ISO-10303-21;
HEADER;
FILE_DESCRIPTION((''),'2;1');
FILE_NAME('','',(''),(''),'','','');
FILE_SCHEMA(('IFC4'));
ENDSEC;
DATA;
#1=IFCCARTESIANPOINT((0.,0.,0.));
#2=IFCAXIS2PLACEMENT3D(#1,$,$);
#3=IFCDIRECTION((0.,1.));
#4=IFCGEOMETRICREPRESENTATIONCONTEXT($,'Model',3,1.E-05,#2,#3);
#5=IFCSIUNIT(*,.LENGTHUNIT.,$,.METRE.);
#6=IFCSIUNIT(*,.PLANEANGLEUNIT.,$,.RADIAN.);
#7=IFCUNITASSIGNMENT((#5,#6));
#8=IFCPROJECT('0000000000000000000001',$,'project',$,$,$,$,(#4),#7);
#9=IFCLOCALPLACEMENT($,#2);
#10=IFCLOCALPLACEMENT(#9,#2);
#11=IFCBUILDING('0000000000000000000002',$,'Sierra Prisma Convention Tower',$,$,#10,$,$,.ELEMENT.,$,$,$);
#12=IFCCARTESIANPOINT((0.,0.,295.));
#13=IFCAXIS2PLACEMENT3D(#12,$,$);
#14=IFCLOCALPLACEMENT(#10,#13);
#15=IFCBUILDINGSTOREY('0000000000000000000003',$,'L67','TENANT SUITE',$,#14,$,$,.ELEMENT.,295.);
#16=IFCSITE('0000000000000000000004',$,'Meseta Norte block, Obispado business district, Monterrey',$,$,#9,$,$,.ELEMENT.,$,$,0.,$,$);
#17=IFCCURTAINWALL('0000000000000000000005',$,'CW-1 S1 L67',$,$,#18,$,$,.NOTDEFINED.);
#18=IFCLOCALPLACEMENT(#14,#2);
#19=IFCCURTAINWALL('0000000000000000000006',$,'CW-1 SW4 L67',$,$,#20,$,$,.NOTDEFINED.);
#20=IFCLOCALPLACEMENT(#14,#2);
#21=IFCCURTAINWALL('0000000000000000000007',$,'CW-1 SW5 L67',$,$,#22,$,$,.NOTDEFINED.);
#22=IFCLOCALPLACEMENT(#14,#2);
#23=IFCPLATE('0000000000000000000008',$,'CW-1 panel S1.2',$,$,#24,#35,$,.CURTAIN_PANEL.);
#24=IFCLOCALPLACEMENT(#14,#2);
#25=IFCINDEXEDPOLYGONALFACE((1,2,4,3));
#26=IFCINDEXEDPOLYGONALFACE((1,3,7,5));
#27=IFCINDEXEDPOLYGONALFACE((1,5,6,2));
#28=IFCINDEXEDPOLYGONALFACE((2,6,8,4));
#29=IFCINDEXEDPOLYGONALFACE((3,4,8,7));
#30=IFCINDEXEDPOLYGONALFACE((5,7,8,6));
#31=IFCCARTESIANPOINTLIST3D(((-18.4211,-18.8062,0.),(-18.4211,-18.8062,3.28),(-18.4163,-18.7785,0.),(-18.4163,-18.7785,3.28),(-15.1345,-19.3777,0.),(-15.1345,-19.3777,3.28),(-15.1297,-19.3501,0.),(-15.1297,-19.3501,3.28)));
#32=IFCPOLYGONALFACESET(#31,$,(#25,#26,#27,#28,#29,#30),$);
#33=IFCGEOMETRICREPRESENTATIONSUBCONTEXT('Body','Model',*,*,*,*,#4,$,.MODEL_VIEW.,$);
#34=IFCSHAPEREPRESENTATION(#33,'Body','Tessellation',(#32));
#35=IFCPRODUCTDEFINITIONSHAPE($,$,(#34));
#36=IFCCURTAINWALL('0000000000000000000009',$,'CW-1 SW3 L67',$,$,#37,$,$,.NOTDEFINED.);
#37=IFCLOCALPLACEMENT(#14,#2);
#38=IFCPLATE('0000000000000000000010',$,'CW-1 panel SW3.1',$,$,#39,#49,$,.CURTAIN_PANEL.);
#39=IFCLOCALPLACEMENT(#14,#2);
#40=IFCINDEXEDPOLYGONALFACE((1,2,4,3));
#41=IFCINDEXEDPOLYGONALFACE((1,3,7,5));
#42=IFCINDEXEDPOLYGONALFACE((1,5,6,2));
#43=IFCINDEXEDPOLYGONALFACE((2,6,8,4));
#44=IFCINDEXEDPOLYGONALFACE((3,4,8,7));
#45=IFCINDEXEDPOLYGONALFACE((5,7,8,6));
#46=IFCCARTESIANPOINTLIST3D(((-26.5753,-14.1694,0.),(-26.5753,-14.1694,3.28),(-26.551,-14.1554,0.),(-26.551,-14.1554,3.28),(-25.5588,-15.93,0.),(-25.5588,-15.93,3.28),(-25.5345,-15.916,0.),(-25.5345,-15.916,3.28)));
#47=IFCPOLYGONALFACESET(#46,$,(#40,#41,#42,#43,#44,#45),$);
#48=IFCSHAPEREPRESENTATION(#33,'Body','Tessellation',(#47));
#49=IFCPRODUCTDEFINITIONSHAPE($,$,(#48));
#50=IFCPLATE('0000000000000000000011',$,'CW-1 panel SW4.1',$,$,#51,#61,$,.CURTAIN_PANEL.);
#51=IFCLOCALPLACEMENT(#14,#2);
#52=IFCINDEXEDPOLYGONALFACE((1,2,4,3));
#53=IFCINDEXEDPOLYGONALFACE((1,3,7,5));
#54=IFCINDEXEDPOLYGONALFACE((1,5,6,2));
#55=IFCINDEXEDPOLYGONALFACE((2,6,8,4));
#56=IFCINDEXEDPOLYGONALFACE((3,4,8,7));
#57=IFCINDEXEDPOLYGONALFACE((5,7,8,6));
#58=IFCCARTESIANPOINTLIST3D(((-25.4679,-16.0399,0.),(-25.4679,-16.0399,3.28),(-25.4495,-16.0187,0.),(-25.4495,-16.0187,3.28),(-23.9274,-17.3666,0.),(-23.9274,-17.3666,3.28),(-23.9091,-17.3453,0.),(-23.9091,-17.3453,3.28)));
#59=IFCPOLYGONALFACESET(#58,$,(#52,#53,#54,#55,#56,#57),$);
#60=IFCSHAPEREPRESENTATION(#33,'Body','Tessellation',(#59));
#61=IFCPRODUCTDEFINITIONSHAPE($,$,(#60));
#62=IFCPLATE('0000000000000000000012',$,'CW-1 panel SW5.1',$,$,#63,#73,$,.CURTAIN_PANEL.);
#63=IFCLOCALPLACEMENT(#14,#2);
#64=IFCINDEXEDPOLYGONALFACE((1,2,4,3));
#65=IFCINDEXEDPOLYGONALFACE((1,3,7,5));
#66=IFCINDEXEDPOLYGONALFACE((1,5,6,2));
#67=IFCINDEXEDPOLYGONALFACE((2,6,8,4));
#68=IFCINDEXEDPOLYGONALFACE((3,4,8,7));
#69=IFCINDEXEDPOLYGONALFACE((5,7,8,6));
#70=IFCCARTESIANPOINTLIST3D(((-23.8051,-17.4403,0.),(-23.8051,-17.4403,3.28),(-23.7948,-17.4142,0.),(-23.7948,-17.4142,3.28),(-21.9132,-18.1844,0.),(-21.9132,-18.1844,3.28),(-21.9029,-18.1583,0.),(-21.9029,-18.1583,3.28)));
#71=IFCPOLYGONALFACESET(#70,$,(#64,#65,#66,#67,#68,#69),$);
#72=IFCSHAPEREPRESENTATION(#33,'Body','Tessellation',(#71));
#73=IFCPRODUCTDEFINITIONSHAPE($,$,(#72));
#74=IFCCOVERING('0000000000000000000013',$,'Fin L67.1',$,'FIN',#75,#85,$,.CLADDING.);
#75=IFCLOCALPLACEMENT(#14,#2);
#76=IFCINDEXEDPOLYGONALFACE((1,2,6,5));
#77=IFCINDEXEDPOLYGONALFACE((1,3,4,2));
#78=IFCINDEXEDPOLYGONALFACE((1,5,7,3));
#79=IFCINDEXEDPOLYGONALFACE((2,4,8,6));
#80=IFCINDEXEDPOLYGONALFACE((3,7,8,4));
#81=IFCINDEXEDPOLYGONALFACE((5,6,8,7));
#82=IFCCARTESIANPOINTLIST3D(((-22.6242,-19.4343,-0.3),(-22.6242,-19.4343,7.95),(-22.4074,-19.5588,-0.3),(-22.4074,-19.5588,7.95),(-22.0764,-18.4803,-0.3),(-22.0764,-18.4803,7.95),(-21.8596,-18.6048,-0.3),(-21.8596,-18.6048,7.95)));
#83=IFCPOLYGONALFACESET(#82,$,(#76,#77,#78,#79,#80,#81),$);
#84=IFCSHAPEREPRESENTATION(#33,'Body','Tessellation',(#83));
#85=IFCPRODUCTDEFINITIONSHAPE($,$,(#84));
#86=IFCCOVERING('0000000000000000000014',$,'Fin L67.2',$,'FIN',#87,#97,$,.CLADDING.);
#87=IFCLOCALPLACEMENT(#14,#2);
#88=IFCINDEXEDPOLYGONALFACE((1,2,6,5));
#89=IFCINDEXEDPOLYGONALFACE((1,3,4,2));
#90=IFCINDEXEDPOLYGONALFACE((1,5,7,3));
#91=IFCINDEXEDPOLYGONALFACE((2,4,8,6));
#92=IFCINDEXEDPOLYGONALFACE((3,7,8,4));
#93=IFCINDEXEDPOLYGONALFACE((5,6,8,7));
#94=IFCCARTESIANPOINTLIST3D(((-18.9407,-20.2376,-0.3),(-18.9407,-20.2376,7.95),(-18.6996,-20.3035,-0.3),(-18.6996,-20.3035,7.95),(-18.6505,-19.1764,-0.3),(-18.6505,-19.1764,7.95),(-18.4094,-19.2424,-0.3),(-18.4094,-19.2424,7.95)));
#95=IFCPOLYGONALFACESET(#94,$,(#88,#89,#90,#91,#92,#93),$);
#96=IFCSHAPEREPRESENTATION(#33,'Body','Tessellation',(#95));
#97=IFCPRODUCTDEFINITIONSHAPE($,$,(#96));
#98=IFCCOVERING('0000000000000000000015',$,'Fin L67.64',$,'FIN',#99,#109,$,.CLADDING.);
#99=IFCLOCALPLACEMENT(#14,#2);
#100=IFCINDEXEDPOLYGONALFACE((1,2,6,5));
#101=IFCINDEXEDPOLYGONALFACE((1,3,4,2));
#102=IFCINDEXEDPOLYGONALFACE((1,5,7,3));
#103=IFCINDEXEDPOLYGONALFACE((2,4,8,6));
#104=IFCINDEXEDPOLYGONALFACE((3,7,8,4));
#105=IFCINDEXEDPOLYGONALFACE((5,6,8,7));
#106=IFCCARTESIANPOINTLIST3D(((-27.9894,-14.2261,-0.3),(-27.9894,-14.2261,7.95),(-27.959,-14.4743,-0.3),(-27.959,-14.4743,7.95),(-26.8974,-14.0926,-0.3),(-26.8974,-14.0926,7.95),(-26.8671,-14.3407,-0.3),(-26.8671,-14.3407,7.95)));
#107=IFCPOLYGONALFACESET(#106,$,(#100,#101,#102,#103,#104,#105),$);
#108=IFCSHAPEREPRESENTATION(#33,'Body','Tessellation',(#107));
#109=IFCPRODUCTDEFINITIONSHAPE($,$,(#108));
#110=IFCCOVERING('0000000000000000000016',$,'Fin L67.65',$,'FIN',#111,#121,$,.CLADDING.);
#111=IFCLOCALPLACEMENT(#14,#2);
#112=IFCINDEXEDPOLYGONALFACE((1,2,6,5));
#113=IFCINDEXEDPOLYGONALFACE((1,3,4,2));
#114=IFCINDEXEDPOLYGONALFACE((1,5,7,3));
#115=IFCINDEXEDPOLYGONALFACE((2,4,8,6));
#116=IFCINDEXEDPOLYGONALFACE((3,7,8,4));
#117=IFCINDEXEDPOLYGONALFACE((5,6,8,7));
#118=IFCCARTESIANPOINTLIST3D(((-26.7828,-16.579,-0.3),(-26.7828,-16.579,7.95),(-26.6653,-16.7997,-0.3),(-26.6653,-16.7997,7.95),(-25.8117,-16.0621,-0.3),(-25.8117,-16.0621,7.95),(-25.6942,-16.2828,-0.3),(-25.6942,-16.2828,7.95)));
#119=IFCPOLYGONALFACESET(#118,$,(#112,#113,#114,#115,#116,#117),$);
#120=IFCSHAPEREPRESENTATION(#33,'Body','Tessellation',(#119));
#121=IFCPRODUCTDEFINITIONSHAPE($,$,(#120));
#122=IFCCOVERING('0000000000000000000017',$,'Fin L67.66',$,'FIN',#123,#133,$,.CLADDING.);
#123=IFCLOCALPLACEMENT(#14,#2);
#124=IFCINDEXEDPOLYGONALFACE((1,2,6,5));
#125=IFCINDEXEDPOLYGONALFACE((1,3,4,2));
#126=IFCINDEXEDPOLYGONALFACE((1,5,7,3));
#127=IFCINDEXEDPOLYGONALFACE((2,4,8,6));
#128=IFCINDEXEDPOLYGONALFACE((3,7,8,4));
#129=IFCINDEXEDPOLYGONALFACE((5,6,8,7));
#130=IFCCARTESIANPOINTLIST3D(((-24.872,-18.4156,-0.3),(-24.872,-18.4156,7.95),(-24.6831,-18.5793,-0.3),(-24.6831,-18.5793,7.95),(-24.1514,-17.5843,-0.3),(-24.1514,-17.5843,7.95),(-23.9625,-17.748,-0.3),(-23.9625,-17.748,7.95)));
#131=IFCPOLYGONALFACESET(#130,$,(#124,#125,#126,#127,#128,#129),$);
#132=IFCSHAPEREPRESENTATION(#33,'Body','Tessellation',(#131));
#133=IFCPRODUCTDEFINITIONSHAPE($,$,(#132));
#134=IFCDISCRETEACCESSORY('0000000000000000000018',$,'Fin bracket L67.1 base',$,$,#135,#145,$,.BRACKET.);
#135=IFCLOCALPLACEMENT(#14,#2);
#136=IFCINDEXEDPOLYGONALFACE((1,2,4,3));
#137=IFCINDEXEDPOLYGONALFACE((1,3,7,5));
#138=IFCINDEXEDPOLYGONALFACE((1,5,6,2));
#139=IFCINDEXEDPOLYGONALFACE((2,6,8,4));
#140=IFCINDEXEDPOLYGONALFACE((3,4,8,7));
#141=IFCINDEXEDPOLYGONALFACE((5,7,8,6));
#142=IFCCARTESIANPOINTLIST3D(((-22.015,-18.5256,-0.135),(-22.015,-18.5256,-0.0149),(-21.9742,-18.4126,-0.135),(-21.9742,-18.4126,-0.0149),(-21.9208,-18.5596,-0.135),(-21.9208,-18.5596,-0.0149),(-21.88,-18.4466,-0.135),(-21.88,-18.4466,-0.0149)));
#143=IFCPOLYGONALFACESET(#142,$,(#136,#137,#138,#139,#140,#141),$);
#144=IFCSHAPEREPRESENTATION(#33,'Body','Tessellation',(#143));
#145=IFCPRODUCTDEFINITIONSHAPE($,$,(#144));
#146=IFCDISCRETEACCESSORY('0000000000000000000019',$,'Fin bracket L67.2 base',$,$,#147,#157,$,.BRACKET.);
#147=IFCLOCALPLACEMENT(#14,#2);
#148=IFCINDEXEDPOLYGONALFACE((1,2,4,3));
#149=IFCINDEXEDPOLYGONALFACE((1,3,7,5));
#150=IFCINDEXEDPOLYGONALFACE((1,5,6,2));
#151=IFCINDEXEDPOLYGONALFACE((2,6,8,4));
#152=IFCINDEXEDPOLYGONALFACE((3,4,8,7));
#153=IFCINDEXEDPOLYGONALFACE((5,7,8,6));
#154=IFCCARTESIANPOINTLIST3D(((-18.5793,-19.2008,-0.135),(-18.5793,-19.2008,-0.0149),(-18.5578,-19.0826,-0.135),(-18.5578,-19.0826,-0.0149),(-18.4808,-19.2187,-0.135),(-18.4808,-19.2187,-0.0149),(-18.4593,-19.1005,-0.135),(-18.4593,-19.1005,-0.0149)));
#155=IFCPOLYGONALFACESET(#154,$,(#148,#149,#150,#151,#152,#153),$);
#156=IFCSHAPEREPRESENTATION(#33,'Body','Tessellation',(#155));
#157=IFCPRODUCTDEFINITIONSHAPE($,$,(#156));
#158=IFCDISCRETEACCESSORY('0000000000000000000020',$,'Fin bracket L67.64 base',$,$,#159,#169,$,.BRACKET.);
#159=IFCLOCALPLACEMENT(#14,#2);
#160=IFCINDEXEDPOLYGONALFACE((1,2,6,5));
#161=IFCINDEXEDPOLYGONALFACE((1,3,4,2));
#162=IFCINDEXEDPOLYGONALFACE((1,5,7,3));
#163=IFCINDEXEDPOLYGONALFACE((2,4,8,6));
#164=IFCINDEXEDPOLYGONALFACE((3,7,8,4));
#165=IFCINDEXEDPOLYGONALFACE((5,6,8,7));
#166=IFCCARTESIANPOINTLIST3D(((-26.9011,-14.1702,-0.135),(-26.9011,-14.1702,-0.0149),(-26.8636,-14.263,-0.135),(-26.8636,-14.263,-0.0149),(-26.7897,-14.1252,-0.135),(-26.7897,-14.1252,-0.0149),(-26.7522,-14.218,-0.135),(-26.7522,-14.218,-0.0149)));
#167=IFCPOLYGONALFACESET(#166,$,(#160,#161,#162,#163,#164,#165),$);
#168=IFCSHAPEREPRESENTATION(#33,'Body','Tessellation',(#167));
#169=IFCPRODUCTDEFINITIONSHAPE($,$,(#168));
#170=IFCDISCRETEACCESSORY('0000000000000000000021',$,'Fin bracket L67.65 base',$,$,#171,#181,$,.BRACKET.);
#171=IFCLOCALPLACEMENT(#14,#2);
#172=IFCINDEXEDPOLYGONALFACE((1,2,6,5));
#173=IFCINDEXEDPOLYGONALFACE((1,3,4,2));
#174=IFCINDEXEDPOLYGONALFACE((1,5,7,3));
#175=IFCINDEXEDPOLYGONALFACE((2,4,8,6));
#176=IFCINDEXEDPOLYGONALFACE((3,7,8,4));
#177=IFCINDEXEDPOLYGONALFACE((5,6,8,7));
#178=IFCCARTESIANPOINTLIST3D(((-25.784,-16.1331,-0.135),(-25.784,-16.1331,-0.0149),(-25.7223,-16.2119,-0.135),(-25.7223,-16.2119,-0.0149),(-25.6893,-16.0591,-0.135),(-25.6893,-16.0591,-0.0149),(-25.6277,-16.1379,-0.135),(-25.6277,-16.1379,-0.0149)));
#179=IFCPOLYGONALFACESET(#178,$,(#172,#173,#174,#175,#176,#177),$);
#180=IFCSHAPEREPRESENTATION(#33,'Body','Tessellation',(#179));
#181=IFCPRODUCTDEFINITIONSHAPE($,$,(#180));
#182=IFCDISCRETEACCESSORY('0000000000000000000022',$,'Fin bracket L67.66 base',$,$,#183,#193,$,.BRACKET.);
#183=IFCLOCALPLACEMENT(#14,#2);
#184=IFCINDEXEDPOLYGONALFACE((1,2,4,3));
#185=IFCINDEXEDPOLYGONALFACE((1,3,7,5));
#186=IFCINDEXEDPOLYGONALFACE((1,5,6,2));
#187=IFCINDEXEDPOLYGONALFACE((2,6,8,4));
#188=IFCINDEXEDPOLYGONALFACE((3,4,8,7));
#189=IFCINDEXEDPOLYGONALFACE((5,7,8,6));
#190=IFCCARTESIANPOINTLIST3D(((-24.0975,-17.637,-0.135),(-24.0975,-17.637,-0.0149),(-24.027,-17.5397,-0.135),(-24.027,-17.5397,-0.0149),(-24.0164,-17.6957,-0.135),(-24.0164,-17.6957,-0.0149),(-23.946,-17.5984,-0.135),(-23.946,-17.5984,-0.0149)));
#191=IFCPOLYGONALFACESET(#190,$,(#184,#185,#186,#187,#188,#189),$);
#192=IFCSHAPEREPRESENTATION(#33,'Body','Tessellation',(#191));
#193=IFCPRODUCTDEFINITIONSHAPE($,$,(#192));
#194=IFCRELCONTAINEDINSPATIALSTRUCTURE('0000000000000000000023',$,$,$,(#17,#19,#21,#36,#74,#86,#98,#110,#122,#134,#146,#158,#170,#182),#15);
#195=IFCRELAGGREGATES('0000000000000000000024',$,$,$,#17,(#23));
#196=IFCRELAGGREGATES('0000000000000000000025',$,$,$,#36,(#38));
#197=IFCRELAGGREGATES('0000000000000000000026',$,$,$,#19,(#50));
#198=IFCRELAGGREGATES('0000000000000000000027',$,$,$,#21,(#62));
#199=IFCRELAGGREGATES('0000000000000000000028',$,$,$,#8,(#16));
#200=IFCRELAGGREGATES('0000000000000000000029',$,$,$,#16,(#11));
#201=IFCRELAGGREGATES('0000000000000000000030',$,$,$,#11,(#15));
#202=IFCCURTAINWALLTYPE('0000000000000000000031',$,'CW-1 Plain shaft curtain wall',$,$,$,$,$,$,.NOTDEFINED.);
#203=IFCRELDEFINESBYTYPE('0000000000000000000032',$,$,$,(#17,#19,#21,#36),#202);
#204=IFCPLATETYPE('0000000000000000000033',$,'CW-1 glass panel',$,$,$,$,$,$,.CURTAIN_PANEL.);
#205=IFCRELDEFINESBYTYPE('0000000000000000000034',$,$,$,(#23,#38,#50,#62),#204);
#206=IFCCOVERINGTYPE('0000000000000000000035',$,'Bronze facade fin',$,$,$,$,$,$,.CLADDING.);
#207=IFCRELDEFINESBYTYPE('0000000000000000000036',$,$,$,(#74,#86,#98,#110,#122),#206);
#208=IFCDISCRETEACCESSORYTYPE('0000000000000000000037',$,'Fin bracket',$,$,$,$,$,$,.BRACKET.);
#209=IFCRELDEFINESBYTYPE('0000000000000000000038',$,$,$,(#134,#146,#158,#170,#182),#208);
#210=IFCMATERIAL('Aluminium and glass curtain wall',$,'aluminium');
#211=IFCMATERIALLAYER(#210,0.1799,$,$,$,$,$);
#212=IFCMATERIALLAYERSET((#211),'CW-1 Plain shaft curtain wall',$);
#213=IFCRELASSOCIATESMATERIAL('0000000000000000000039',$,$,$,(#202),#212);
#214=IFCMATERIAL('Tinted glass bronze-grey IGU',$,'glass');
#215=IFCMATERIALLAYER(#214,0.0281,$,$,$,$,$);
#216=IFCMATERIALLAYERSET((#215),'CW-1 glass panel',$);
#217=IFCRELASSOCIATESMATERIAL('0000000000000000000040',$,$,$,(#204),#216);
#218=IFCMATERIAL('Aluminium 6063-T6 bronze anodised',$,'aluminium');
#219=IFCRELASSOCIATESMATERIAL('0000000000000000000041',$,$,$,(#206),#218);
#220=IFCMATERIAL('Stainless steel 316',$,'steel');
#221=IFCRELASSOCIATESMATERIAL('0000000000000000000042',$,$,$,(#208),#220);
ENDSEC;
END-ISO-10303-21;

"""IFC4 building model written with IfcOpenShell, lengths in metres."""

from ifc_helpers import new_model, si_unit, direction, frame, origin, origin_2d, place, context, subcontext, project, spatial, rectangle, extrude, material, layer, layer_set, material_profile, profile_set, type_object, element, aggregate, save


model = new_model("IFC4")

# Units and contexts
model_context = context("Model", 3, precision=1e-05, world=origin(), true_north=direction((0.0, 1.0)))
body_context = subcontext(model_context, "Body", "Model", "MODEL_VIEW")
ifc_project = project(units=[si_unit("LENGTHUNIT", "METRE"), si_unit("PLANEANGLEUNIT", "RADIAN")], contexts=[model_context])

# Site, building, storey
site_placement = place(None, origin())
site = spatial("IfcSite", under=ifc_project, at=site_placement, Name="Meseta Norte block, Obispado business district, Monterrey", CompositionType="ELEMENT", RefElevation=0.0)
building_placement = place(site_placement, origin())
building = spatial("IfcBuilding", under=site, at=building_placement, Name="Sierra Prisma Convention Tower", CompositionType="ELEMENT")
storey_placement = place(building_placement, frame((0.0, 0.0, 295.0)))
storey = spatial("IfcBuildingStorey", under=building, at=storey_placement, Name="L67", Description="TENANT SUITE", CompositionType="ELEMENT", Elevation=295.0)

# Curtain wall
ifc_material_1 = material(Name="Aluminium and glass curtain wall", Category="aluminium")
ifc_layer_1 = layer(ifc_material_1, 0.1799)
ifc_layer_set_1 = layer_set([ifc_layer_1], Name="CW-1 Plain shaft curtain wall")
curtain_wall_type = type_object("IfcCurtainWallType", Name="CW-1 Plain shaft curtain wall", PredefinedType="NOTDEFINED", material=ifc_layer_set_1)
curtain_wall_1_placement = place(storey_placement, origin())
curtain_wall_1 = element("IfcCurtainWall", 1, at=curtain_wall_1_placement, inside=storey, type_object=curtain_wall_type, Name="CW-1 S1 L67", PredefinedType="NOTDEFINED")

# Curtain walls
curtain_wall_2_placement = place(storey_placement, origin())
curtain_wall_2 = element("IfcCurtainWall", 2, at=curtain_wall_2_placement, inside=storey, type_object=curtain_wall_type, Name="CW-1 SW4 L67", PredefinedType="NOTDEFINED")
curtain_wall_3_placement = place(storey_placement, origin())
curtain_wall_3 = element("IfcCurtainWall", 3, at=curtain_wall_3_placement, inside=storey, type_object=curtain_wall_type, Name="CW-1 SW5 L67", PredefinedType="NOTDEFINED")

# Plate
ifc_material_2 = material(Name="Tinted glass bronze-grey IGU", Category="glass")
ifc_layer_2 = layer(ifc_material_2, 0.0281)
ifc_layer_set_2 = layer_set([ifc_layer_2], Name="CW-1 glass panel")
plate_type = type_object("IfcPlateType", Name="CW-1 glass panel", PredefinedType="CURTAIN_PANEL", material=ifc_layer_set_2)
plate_1_placement = place(storey_placement, frame((-16.7754, -19.0781, 0.0), z_axis=(0.0, 0.0, 1.0), x_axis=(0.985214, -0.171326, 0.0)))
plate_1 = element("IfcPlate", 4, at=plate_1_placement, type_object=plate_type, Name="CW-1 panel S1.2", PredefinedType="CURTAIN_PANEL", context=body_context, shape_type="SweptSolid", body=[
    extrude(rectangle(XDim=3.3359, YDim=0.0281, at=origin_2d()), origin(), (0.0, 0.0, 1.0), 3.28),
])
aggregate(curtain_wall_1, [plate_1])

# Curtain wall, plate
curtain_wall_4_placement = place(storey_placement, origin())
curtain_wall_4 = element("IfcCurtainWall", 5, at=curtain_wall_4_placement, inside=storey, type_object=curtain_wall_type, Name="CW-1 SW3 L67", PredefinedType="NOTDEFINED")
plate_2_placement = place(storey_placement, frame((-26.0549, -15.0427, 0.0), z_axis=(0.0, 0.0, 1.0), x_axis=(0.5, -0.866025, 0.0)))
plate_2 = element("IfcPlate", 6, at=plate_2_placement, type_object=plate_type, Name="CW-1 panel SW3.1", PredefinedType="CURTAIN_PANEL", context=body_context, shape_type="SweptSolid", body=[
    extrude(rectangle(XDim=2.033, YDim=0.0281, at=origin_2d()), origin(), (0.0, 0.0, 1.0), 3.28),
])
aggregate(curtain_wall_4, [plate_2])

# Plates
plate_3_placement = place(storey_placement, frame((-24.6885, -16.6926, 0.0), z_axis=(0.0, 0.0, 1.0), x_axis=(0.757734, -0.652564, 0.0)))
plate_3 = element("IfcPlate", 7, at=plate_3_placement, type_object=plate_type, Name="CW-1 panel SW4.1", PredefinedType="CURTAIN_PANEL", context=body_context, shape_type="SweptSolid", body=[
    extrude(rectangle(XDim=2.033, YDim=0.0281, at=origin_2d()), origin(), (0.0, 0.0, 1.0), 3.28),
])
aggregate(curtain_wall_2, [plate_3])
plate_4_placement = place(storey_placement, frame((-22.854, -17.7993, 0.0), z_axis=(0.0, 0.0, 1.0), x_axis=(0.930607, -0.366019, 0.0)))
plate_4 = element("IfcPlate", 8, at=plate_4_placement, type_object=plate_type, Name="CW-1 panel SW5.1", PredefinedType="CURTAIN_PANEL", context=body_context, shape_type="SweptSolid", body=[
    extrude(rectangle(XDim=2.033, YDim=0.0281, at=origin_2d()), origin(), (0.0, 0.0, 1.0), 3.28),
])
aggregate(curtain_wall_3, [plate_4])

# Coverings
ifc_material_3 = material(Name="Aluminium 6063-T6 bronze anodised", Category="aluminium")
ifc_material_profile_1 = material_profile(ifc_material_3, rectangle(XDim=1.1001, YDim=0.25, at=origin_2d()), Name="ALU FIN 1100x250")
ifc_profile_set_1 = profile_set([ifc_material_profile_1], Name="Aluminium 6063-T6 bronze anodised")
covering_type = type_object("IfcCoveringType", Name="Bronze facade fin", PredefinedType="CLADDING", material=ifc_profile_set_1)
for number, where, z_axis, x_axis, name in (
    (9, (-22.2419, -19.0195, -0.3), (0.0, 0.0, 1.0), (-0.497957, -0.867202, 0.0), "Fin L67.1"),
    (10, (-18.675, -19.74, -0.3), (0.0, 0.0, 1.0), (-0.263769, -0.964586, 0.0), "Fin L67.2"),
    (11, (-27.4282, -14.2834, -0.3), (0.0, 0.0, 1.0), (-0.992604, -0.121401, 0.0), "Fin L67.64"),
    (12, (-26.2385, -16.4309, -0.3), (0.0, 0.0, 1.0), (-0.882726, -0.469888, 0.0), "Fin L67.65"),
    (13, (-24.4172, -18.0818, -0.3), (0.0, 0.0, 1.0), (-0.654991, -0.755637, 0.0), "Fin L67.66"),
):
    element("IfcCovering", number, at=place(storey_placement, frame(where, z_axis=z_axis, x_axis=x_axis)), inside=storey, type_object=covering_type, Name=name, ObjectType="FIN", PredefinedType="CLADDING", context=body_context, shape_type="SweptSolid", body=[
        extrude(rectangle(XDim=1.1001, YDim=0.25, at=origin_2d()), origin(), (0.0, 0.0, 1.0), 8.25),
    ])

# Discrete accessories
ifc_material_4 = material(Name="Stainless steel 316", Category="steel")
discrete_accessory_type = type_object("IfcDiscreteAccessoryType", Name="Fin bracket", PredefinedType="BRACKET", material=ifc_material_4)
for number, where, z_axis, x_axis, name in (
    (14, (-21.9475, -18.4861, -0.135), (0.0, 0.0, 1.0), (-0.339804, -0.940496, 0.0), "Fin bracket L67.1 base"),
    (15, (-18.5193, -19.1506, -0.135), (0.0, 0.0, 1.0), (-0.178696, -0.983904, 0.0), "Fin bracket L67.2 base"),
    (16, (-26.8267, -14.1941, -0.135), (0.0, 0.0, 1.0), (-0.92736, -0.374169, 0.0), "Fin bracket L67.64 base"),
    (17, (-25.7058, -16.1355, -0.135), (0.0, 0.0, 1.0), (-0.78772, -0.616033, 0.0), "Fin bracket L67.65 base"),
    (18, (-24.0217, -17.6177, -0.135), (0.0, 0.0, 1.0), (-0.58664, -0.809848, 0.0), "Fin bracket L67.66 base"),
):
    element("IfcDiscreteAccessory", number, at=place(storey_placement, frame(where, z_axis=z_axis, x_axis=x_axis)), inside=storey, type_object=discrete_accessory_type, Name=name, PredefinedType="BRACKET", context=body_context, shape_type="SweptSolid", body=[
        extrude(rectangle(XDim=0.1201, YDim=0.1001, at=origin_2d()), origin(), (0.0, 0.0, 1.0), 0.1201),
    ])

save(model, "model.ifc")
